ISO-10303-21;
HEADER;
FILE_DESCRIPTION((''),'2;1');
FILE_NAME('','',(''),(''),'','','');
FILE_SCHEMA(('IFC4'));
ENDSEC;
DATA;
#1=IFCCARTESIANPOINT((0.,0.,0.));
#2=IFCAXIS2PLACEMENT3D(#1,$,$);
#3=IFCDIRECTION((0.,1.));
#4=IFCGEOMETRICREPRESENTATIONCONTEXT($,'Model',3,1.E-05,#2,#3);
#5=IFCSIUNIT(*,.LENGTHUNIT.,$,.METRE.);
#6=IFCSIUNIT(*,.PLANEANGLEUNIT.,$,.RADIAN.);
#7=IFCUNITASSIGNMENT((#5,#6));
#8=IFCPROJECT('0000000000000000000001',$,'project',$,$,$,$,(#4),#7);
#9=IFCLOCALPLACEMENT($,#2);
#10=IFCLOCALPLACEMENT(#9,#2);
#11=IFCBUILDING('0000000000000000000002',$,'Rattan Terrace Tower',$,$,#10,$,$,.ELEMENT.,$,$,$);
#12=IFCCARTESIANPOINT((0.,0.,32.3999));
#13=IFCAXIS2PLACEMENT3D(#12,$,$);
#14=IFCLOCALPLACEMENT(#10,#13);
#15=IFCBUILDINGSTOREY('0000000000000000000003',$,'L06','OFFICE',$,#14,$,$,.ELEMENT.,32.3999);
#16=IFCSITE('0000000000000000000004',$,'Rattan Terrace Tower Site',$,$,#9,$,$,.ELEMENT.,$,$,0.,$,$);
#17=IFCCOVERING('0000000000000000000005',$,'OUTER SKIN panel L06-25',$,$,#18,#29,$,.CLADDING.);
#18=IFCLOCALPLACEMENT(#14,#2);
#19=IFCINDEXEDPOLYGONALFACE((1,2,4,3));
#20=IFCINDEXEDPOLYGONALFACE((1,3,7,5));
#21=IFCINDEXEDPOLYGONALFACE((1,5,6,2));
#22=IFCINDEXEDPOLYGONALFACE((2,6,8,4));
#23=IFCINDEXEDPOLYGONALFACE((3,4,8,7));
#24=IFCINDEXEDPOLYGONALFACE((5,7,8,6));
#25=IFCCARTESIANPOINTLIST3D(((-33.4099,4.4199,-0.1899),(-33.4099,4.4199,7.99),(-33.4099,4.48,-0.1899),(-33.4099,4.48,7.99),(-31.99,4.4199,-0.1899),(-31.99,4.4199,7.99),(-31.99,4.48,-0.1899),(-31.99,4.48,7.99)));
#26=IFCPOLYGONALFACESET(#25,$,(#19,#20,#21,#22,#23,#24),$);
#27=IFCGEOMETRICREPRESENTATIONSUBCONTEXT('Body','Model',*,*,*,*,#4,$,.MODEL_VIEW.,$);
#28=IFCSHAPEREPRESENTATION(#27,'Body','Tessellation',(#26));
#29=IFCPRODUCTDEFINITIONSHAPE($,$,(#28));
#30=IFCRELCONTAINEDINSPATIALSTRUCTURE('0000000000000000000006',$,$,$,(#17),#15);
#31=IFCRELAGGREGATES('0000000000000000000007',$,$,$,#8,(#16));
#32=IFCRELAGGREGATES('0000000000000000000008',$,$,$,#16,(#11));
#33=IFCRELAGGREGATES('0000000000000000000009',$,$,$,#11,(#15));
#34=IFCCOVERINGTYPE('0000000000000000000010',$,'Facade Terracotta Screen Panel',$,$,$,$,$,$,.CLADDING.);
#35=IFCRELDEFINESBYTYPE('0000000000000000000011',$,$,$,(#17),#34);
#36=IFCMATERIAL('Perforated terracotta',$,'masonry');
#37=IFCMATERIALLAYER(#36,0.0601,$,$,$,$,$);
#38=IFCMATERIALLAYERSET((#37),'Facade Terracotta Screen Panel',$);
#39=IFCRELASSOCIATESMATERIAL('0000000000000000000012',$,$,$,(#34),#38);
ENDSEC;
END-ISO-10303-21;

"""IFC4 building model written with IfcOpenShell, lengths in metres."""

from ifc_helpers import new_model, si_unit, direction, frame, origin, origin_2d, place, context, subcontext, project, spatial, rectangle, extrude, material, layer, layer_set, type_object, element, save


model = new_model("IFC4")

# Units and contexts
model_context = context("Model", 3, precision=1e-05, world=origin(), true_north=direction((0.0, 1.0)))
body_context = subcontext(model_context, "Body", "Model", "MODEL_VIEW")
ifc_project = project(units=[si_unit("LENGTHUNIT", "METRE"), si_unit("PLANEANGLEUNIT", "RADIAN")], contexts=[model_context])

# Site, building, storey
site_placement = place(None, origin())
site = spatial("IfcSite", under=ifc_project, at=site_placement, Name="Rattan Terrace Tower Site", CompositionType="ELEMENT", RefElevation=0.0)
building_placement = place(site_placement, origin())
building = spatial("IfcBuilding", under=site, at=building_placement, Name="Rattan Terrace Tower", CompositionType="ELEMENT")
storey_placement = place(building_placement, frame((0.0, 0.0, 32.3999)))
storey = spatial("IfcBuildingStorey", under=building, at=storey_placement, Name="L06", Description="OFFICE", CompositionType="ELEMENT", Elevation=32.3999)

# Covering
ifc_material_1 = material(Name="Perforated terracotta", Category="masonry")
ifc_layer_1 = layer(ifc_material_1, 0.0601)
ifc_layer_set_1 = layer_set([ifc_layer_1], Name="Facade Terracotta Screen Panel")
covering_type = type_object("IfcCoveringType", Name="Facade Terracotta Screen Panel", PredefinedType="CLADDING", material=ifc_layer_set_1)
covering_1_placement = place(storey_placement, frame((-32.7, 4.45, -0.1899), z_axis=(0.0, 0.0, 1.0), x_axis=(-1.0, 0.0, 0.0)))
element("IfcCovering", 1, at=covering_1_placement, inside=storey, type_object=covering_type, Name="OUTER SKIN panel L06-25", PredefinedType="CLADDING", context=body_context, shape_type="SweptSolid", body=[
    extrude(rectangle(XDim=1.4199, YDim=0.0601, at=origin_2d()), origin(), (0.0, 0.0, 1.0), 8.1799),
])

save(model, "model.ifc")
